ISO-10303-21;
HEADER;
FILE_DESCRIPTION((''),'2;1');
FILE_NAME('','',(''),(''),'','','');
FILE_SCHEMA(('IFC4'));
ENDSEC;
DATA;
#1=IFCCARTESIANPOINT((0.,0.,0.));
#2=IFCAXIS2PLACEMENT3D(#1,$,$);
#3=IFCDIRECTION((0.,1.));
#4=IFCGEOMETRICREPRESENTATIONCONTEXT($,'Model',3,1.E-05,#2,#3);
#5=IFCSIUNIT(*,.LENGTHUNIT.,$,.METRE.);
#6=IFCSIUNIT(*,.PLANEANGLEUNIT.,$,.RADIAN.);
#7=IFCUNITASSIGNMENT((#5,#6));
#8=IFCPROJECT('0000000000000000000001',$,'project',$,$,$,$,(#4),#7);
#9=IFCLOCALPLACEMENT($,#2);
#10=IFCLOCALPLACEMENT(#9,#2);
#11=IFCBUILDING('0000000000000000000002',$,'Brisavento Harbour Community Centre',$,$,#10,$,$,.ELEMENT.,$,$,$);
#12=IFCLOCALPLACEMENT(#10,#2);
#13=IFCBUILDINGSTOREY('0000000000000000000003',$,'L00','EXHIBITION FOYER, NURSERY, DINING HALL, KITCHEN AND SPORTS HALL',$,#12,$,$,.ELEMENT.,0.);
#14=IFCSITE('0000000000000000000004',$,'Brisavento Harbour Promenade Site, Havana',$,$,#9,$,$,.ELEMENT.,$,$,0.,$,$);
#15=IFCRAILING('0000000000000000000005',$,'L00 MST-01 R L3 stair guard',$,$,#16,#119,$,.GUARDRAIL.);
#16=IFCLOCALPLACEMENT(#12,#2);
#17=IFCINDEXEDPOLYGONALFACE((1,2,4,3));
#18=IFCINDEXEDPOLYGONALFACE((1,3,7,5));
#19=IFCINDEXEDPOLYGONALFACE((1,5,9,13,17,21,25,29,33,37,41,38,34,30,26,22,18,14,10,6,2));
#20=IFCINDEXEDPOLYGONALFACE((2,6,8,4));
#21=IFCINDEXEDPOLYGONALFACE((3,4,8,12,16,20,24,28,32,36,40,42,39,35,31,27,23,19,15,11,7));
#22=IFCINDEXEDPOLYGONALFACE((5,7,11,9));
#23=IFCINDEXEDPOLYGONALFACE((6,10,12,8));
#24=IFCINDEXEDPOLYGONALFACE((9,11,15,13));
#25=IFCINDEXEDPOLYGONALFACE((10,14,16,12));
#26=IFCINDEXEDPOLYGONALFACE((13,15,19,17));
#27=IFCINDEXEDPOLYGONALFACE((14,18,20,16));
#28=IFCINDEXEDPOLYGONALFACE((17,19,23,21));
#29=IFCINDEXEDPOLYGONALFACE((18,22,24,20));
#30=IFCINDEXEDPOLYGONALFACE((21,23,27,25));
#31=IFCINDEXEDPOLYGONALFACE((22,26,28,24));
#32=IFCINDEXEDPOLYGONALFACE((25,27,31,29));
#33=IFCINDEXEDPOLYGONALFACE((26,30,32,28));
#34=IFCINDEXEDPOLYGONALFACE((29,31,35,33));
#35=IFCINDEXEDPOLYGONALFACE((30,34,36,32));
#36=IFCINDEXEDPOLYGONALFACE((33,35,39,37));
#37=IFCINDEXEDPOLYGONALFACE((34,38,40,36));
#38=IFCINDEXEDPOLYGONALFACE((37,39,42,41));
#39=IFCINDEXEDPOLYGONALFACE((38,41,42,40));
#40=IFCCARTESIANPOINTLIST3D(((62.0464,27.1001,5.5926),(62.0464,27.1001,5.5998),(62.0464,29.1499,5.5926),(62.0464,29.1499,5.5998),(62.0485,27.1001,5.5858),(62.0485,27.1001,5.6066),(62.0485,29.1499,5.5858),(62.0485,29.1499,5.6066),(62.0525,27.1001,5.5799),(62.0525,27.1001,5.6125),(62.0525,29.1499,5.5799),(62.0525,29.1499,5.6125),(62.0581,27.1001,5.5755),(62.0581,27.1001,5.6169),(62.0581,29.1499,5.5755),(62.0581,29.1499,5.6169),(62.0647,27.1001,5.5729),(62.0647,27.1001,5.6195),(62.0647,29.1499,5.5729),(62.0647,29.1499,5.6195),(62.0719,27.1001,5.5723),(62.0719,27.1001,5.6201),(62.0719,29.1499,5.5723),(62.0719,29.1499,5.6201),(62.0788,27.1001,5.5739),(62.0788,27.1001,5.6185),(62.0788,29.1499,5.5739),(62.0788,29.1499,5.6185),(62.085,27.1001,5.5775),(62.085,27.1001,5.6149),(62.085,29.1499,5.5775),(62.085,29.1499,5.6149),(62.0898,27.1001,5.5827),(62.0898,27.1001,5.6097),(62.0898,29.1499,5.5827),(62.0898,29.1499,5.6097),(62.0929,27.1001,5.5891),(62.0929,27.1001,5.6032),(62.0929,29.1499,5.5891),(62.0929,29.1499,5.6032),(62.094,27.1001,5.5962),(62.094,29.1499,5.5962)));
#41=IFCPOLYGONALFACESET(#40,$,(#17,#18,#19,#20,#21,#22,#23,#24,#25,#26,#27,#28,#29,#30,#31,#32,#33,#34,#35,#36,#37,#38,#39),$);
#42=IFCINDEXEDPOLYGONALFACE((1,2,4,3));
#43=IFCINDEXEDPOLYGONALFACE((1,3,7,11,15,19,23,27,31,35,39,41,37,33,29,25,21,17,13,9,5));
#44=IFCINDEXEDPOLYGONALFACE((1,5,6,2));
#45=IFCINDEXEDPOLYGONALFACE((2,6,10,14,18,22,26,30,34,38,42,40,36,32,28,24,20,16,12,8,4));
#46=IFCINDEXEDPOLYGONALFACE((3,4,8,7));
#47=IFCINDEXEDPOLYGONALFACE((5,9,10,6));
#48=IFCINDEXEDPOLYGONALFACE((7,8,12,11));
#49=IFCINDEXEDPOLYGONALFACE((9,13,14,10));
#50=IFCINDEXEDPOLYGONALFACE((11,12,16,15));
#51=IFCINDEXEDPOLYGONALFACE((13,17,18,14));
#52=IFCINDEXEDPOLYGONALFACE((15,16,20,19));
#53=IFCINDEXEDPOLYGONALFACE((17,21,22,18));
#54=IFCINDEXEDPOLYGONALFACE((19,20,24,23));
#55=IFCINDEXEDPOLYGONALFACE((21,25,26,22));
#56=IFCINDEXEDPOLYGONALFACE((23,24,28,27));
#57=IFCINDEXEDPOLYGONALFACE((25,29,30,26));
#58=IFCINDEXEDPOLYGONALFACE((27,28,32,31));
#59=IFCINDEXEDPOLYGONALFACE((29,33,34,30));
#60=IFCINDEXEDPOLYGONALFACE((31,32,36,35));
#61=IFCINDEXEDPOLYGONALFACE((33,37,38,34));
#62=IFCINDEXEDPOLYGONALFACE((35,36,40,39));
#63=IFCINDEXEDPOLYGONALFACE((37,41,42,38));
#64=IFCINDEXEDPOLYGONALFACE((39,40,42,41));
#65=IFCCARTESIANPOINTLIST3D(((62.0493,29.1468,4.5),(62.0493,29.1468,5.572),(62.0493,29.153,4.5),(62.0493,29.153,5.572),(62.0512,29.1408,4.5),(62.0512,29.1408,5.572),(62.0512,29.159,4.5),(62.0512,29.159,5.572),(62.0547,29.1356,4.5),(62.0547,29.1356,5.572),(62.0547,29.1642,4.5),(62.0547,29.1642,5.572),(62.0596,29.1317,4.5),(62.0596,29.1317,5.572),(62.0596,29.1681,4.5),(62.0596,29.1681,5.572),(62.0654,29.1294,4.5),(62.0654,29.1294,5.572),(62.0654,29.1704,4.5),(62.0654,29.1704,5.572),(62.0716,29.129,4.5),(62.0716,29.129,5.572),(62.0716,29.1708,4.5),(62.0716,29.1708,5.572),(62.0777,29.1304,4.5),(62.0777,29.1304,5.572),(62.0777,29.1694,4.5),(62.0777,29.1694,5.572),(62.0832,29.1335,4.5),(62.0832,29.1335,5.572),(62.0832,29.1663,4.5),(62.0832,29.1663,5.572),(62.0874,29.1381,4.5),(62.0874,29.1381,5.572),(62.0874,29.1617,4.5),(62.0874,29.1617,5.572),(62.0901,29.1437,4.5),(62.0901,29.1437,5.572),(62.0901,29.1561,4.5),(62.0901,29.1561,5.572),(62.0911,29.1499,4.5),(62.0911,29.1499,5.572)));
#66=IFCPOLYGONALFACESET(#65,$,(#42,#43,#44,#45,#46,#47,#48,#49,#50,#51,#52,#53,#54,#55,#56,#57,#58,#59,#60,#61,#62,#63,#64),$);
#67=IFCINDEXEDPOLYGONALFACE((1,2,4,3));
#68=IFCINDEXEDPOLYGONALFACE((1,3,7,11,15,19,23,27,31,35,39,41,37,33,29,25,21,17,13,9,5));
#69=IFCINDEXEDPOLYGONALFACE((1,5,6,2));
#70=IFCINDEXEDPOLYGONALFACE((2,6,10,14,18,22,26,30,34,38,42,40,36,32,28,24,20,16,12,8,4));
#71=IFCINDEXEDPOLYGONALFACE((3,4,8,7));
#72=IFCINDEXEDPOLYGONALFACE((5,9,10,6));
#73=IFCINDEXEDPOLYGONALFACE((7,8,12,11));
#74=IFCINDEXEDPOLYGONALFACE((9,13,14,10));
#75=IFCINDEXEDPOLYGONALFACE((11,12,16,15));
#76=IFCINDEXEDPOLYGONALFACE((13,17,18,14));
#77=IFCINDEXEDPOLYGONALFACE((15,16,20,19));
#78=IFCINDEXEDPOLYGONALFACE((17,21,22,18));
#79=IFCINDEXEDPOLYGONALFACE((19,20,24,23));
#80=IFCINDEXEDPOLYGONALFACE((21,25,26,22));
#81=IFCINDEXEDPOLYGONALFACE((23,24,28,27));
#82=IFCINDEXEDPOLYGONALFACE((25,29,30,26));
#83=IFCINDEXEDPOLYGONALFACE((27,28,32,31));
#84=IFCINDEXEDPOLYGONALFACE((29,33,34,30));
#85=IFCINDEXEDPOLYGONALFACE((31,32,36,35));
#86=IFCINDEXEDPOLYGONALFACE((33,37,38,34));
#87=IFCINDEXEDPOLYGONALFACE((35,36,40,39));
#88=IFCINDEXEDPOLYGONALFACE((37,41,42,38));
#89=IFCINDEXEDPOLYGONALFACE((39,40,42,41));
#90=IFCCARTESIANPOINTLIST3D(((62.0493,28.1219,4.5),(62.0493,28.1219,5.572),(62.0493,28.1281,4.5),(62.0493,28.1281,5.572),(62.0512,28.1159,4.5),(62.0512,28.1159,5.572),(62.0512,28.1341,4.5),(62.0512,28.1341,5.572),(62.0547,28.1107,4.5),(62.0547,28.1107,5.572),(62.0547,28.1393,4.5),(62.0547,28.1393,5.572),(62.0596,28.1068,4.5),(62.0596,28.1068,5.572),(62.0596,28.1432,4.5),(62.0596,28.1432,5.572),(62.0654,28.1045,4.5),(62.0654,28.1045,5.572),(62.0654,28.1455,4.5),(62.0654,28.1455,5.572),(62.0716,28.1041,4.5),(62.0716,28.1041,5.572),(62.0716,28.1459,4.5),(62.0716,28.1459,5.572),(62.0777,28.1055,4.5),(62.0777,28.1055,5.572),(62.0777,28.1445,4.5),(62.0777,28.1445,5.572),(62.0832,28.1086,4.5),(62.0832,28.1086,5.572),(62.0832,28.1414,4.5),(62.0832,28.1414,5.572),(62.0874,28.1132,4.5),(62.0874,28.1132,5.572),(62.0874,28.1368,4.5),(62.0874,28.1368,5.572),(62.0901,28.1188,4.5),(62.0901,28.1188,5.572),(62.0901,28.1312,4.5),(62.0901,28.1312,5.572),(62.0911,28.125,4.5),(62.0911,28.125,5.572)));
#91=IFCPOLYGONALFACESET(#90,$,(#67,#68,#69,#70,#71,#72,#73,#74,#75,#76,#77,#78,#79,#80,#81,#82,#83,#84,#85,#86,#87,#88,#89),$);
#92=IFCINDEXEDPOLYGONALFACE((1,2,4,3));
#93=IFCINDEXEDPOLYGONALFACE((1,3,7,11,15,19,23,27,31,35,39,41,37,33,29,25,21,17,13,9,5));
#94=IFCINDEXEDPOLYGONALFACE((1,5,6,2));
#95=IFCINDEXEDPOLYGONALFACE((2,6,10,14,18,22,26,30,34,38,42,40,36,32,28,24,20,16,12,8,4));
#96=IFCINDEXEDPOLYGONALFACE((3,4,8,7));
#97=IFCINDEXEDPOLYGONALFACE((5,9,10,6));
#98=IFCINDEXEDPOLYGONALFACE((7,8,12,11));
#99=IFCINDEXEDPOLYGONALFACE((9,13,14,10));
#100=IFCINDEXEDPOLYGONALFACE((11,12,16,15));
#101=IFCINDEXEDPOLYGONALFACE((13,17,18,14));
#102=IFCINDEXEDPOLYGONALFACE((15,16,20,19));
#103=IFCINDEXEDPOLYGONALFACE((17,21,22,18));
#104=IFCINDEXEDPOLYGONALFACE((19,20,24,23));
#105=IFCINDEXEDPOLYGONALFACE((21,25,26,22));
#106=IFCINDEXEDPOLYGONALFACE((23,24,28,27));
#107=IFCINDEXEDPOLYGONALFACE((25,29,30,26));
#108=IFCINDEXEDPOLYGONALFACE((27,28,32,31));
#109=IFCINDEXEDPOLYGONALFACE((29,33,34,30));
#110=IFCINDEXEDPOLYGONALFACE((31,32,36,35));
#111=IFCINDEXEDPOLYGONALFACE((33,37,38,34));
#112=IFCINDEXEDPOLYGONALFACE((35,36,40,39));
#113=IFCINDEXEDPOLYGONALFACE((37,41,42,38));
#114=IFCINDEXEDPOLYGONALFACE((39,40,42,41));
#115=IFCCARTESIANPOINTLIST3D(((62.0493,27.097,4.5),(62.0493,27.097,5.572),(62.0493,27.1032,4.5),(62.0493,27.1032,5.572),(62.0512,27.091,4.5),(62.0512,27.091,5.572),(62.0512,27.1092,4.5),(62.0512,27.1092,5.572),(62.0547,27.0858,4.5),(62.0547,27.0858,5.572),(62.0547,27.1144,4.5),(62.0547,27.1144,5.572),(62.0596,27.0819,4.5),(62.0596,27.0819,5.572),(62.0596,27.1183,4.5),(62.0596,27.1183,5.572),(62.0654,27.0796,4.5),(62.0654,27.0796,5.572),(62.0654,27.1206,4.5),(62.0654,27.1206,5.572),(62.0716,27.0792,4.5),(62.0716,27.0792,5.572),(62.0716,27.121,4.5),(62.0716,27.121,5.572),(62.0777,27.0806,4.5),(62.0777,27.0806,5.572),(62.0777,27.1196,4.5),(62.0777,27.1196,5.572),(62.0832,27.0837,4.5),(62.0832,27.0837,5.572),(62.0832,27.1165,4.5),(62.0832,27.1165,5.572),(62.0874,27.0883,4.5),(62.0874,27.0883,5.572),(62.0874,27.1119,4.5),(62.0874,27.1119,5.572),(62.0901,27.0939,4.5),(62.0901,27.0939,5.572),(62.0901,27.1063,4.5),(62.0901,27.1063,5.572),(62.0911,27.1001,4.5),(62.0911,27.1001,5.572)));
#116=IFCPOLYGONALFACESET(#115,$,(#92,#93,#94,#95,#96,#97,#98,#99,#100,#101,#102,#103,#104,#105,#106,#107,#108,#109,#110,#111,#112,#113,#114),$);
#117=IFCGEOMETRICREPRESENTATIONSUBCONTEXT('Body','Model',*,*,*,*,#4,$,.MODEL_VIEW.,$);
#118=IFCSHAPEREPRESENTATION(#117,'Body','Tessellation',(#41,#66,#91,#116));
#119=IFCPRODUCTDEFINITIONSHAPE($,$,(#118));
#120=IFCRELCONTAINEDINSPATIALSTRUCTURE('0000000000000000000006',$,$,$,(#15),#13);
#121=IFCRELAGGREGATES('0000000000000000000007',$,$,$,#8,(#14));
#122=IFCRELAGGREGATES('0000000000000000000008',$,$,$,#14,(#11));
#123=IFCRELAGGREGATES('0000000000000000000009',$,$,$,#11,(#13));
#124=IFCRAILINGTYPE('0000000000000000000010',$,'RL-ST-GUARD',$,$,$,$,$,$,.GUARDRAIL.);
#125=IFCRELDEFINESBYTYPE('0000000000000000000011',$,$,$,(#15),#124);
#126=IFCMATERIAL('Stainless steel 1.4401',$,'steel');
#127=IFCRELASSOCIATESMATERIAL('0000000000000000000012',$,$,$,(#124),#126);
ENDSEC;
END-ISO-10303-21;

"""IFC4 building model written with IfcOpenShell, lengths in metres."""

from ifc_helpers import new_model, si_unit, direction, frame, origin, origin_2d, place, context, subcontext, project, spatial, circle, extrude, material, type_object, element, save


model = new_model("IFC4")

# Units and contexts
model_context = context("Model", 3, precision=1e-05, world=origin(), true_north=direction((0.0, 1.0)))
body_context = subcontext(model_context, "Body", "Model", "MODEL_VIEW")
ifc_project = project(units=[si_unit("LENGTHUNIT", "METRE"), si_unit("PLANEANGLEUNIT", "RADIAN")], contexts=[model_context])

# Site, building, storey
site_placement = place(None, origin())
site = spatial("IfcSite", under=ifc_project, at=site_placement, Name="Brisavento Harbour Promenade Site, Havana", CompositionType="ELEMENT", RefElevation=0.0)
building_placement = place(site_placement, origin())
building = spatial("IfcBuilding", under=site, at=building_placement, Name="Brisavento Harbour Community Centre", CompositionType="ELEMENT")
storey_placement = place(building_placement, origin())
storey = spatial("IfcBuildingStorey", under=building, at=storey_placement, Name="L00", Description="EXHIBITION FOYER, NURSERY, DINING HALL, KITCHEN AND SPORTS HALL", CompositionType="ELEMENT", Elevation=0.0)

# Railing
ifc_material_1 = material(Name="Stainless steel 1.4401", Category="steel")
railing_type_1 = type_object("IfcRailingType", Name="RL-ST-GUARD", PredefinedType="GUARDRAIL", material=ifc_material_1)
for number, where, name in (
    (1, (62.0701, 29.1499, 4.5), "L00 MST-01 R L3 stair guard"),
):
    element("IfcRailing", number, at=place(storey_placement, frame(where)), inside=storey, type_object=railing_type_1, Name=name, PredefinedType="GUARDRAIL", context=body_context, shape_type="SweptSolid", body=[
        extrude(circle(Radius=0.0239, at=origin_2d()), frame((0.0, 0.0, 1.0962), z_axis=(0.0, -1.0, 0.0), x_axis=(1.0, 0.0, 0.0)), (0.0, 0.0, 1.0), 2.0498),
        extrude(circle(Radius=0.021, at=origin_2d()), origin(), (0.0, 0.0, 1.0), 1.072),
        extrude(circle(Radius=0.021, at=origin_2d()), frame((0.0, -1.0249, 0.0)), (0.0, 0.0, 1.0), 1.072),
        extrude(circle(Radius=0.021, at=origin_2d()), frame((0.0, -2.0498, 0.0)), (0.0, 0.0, 1.0), 1.072),
    ])

save(model, "model.ifc")
